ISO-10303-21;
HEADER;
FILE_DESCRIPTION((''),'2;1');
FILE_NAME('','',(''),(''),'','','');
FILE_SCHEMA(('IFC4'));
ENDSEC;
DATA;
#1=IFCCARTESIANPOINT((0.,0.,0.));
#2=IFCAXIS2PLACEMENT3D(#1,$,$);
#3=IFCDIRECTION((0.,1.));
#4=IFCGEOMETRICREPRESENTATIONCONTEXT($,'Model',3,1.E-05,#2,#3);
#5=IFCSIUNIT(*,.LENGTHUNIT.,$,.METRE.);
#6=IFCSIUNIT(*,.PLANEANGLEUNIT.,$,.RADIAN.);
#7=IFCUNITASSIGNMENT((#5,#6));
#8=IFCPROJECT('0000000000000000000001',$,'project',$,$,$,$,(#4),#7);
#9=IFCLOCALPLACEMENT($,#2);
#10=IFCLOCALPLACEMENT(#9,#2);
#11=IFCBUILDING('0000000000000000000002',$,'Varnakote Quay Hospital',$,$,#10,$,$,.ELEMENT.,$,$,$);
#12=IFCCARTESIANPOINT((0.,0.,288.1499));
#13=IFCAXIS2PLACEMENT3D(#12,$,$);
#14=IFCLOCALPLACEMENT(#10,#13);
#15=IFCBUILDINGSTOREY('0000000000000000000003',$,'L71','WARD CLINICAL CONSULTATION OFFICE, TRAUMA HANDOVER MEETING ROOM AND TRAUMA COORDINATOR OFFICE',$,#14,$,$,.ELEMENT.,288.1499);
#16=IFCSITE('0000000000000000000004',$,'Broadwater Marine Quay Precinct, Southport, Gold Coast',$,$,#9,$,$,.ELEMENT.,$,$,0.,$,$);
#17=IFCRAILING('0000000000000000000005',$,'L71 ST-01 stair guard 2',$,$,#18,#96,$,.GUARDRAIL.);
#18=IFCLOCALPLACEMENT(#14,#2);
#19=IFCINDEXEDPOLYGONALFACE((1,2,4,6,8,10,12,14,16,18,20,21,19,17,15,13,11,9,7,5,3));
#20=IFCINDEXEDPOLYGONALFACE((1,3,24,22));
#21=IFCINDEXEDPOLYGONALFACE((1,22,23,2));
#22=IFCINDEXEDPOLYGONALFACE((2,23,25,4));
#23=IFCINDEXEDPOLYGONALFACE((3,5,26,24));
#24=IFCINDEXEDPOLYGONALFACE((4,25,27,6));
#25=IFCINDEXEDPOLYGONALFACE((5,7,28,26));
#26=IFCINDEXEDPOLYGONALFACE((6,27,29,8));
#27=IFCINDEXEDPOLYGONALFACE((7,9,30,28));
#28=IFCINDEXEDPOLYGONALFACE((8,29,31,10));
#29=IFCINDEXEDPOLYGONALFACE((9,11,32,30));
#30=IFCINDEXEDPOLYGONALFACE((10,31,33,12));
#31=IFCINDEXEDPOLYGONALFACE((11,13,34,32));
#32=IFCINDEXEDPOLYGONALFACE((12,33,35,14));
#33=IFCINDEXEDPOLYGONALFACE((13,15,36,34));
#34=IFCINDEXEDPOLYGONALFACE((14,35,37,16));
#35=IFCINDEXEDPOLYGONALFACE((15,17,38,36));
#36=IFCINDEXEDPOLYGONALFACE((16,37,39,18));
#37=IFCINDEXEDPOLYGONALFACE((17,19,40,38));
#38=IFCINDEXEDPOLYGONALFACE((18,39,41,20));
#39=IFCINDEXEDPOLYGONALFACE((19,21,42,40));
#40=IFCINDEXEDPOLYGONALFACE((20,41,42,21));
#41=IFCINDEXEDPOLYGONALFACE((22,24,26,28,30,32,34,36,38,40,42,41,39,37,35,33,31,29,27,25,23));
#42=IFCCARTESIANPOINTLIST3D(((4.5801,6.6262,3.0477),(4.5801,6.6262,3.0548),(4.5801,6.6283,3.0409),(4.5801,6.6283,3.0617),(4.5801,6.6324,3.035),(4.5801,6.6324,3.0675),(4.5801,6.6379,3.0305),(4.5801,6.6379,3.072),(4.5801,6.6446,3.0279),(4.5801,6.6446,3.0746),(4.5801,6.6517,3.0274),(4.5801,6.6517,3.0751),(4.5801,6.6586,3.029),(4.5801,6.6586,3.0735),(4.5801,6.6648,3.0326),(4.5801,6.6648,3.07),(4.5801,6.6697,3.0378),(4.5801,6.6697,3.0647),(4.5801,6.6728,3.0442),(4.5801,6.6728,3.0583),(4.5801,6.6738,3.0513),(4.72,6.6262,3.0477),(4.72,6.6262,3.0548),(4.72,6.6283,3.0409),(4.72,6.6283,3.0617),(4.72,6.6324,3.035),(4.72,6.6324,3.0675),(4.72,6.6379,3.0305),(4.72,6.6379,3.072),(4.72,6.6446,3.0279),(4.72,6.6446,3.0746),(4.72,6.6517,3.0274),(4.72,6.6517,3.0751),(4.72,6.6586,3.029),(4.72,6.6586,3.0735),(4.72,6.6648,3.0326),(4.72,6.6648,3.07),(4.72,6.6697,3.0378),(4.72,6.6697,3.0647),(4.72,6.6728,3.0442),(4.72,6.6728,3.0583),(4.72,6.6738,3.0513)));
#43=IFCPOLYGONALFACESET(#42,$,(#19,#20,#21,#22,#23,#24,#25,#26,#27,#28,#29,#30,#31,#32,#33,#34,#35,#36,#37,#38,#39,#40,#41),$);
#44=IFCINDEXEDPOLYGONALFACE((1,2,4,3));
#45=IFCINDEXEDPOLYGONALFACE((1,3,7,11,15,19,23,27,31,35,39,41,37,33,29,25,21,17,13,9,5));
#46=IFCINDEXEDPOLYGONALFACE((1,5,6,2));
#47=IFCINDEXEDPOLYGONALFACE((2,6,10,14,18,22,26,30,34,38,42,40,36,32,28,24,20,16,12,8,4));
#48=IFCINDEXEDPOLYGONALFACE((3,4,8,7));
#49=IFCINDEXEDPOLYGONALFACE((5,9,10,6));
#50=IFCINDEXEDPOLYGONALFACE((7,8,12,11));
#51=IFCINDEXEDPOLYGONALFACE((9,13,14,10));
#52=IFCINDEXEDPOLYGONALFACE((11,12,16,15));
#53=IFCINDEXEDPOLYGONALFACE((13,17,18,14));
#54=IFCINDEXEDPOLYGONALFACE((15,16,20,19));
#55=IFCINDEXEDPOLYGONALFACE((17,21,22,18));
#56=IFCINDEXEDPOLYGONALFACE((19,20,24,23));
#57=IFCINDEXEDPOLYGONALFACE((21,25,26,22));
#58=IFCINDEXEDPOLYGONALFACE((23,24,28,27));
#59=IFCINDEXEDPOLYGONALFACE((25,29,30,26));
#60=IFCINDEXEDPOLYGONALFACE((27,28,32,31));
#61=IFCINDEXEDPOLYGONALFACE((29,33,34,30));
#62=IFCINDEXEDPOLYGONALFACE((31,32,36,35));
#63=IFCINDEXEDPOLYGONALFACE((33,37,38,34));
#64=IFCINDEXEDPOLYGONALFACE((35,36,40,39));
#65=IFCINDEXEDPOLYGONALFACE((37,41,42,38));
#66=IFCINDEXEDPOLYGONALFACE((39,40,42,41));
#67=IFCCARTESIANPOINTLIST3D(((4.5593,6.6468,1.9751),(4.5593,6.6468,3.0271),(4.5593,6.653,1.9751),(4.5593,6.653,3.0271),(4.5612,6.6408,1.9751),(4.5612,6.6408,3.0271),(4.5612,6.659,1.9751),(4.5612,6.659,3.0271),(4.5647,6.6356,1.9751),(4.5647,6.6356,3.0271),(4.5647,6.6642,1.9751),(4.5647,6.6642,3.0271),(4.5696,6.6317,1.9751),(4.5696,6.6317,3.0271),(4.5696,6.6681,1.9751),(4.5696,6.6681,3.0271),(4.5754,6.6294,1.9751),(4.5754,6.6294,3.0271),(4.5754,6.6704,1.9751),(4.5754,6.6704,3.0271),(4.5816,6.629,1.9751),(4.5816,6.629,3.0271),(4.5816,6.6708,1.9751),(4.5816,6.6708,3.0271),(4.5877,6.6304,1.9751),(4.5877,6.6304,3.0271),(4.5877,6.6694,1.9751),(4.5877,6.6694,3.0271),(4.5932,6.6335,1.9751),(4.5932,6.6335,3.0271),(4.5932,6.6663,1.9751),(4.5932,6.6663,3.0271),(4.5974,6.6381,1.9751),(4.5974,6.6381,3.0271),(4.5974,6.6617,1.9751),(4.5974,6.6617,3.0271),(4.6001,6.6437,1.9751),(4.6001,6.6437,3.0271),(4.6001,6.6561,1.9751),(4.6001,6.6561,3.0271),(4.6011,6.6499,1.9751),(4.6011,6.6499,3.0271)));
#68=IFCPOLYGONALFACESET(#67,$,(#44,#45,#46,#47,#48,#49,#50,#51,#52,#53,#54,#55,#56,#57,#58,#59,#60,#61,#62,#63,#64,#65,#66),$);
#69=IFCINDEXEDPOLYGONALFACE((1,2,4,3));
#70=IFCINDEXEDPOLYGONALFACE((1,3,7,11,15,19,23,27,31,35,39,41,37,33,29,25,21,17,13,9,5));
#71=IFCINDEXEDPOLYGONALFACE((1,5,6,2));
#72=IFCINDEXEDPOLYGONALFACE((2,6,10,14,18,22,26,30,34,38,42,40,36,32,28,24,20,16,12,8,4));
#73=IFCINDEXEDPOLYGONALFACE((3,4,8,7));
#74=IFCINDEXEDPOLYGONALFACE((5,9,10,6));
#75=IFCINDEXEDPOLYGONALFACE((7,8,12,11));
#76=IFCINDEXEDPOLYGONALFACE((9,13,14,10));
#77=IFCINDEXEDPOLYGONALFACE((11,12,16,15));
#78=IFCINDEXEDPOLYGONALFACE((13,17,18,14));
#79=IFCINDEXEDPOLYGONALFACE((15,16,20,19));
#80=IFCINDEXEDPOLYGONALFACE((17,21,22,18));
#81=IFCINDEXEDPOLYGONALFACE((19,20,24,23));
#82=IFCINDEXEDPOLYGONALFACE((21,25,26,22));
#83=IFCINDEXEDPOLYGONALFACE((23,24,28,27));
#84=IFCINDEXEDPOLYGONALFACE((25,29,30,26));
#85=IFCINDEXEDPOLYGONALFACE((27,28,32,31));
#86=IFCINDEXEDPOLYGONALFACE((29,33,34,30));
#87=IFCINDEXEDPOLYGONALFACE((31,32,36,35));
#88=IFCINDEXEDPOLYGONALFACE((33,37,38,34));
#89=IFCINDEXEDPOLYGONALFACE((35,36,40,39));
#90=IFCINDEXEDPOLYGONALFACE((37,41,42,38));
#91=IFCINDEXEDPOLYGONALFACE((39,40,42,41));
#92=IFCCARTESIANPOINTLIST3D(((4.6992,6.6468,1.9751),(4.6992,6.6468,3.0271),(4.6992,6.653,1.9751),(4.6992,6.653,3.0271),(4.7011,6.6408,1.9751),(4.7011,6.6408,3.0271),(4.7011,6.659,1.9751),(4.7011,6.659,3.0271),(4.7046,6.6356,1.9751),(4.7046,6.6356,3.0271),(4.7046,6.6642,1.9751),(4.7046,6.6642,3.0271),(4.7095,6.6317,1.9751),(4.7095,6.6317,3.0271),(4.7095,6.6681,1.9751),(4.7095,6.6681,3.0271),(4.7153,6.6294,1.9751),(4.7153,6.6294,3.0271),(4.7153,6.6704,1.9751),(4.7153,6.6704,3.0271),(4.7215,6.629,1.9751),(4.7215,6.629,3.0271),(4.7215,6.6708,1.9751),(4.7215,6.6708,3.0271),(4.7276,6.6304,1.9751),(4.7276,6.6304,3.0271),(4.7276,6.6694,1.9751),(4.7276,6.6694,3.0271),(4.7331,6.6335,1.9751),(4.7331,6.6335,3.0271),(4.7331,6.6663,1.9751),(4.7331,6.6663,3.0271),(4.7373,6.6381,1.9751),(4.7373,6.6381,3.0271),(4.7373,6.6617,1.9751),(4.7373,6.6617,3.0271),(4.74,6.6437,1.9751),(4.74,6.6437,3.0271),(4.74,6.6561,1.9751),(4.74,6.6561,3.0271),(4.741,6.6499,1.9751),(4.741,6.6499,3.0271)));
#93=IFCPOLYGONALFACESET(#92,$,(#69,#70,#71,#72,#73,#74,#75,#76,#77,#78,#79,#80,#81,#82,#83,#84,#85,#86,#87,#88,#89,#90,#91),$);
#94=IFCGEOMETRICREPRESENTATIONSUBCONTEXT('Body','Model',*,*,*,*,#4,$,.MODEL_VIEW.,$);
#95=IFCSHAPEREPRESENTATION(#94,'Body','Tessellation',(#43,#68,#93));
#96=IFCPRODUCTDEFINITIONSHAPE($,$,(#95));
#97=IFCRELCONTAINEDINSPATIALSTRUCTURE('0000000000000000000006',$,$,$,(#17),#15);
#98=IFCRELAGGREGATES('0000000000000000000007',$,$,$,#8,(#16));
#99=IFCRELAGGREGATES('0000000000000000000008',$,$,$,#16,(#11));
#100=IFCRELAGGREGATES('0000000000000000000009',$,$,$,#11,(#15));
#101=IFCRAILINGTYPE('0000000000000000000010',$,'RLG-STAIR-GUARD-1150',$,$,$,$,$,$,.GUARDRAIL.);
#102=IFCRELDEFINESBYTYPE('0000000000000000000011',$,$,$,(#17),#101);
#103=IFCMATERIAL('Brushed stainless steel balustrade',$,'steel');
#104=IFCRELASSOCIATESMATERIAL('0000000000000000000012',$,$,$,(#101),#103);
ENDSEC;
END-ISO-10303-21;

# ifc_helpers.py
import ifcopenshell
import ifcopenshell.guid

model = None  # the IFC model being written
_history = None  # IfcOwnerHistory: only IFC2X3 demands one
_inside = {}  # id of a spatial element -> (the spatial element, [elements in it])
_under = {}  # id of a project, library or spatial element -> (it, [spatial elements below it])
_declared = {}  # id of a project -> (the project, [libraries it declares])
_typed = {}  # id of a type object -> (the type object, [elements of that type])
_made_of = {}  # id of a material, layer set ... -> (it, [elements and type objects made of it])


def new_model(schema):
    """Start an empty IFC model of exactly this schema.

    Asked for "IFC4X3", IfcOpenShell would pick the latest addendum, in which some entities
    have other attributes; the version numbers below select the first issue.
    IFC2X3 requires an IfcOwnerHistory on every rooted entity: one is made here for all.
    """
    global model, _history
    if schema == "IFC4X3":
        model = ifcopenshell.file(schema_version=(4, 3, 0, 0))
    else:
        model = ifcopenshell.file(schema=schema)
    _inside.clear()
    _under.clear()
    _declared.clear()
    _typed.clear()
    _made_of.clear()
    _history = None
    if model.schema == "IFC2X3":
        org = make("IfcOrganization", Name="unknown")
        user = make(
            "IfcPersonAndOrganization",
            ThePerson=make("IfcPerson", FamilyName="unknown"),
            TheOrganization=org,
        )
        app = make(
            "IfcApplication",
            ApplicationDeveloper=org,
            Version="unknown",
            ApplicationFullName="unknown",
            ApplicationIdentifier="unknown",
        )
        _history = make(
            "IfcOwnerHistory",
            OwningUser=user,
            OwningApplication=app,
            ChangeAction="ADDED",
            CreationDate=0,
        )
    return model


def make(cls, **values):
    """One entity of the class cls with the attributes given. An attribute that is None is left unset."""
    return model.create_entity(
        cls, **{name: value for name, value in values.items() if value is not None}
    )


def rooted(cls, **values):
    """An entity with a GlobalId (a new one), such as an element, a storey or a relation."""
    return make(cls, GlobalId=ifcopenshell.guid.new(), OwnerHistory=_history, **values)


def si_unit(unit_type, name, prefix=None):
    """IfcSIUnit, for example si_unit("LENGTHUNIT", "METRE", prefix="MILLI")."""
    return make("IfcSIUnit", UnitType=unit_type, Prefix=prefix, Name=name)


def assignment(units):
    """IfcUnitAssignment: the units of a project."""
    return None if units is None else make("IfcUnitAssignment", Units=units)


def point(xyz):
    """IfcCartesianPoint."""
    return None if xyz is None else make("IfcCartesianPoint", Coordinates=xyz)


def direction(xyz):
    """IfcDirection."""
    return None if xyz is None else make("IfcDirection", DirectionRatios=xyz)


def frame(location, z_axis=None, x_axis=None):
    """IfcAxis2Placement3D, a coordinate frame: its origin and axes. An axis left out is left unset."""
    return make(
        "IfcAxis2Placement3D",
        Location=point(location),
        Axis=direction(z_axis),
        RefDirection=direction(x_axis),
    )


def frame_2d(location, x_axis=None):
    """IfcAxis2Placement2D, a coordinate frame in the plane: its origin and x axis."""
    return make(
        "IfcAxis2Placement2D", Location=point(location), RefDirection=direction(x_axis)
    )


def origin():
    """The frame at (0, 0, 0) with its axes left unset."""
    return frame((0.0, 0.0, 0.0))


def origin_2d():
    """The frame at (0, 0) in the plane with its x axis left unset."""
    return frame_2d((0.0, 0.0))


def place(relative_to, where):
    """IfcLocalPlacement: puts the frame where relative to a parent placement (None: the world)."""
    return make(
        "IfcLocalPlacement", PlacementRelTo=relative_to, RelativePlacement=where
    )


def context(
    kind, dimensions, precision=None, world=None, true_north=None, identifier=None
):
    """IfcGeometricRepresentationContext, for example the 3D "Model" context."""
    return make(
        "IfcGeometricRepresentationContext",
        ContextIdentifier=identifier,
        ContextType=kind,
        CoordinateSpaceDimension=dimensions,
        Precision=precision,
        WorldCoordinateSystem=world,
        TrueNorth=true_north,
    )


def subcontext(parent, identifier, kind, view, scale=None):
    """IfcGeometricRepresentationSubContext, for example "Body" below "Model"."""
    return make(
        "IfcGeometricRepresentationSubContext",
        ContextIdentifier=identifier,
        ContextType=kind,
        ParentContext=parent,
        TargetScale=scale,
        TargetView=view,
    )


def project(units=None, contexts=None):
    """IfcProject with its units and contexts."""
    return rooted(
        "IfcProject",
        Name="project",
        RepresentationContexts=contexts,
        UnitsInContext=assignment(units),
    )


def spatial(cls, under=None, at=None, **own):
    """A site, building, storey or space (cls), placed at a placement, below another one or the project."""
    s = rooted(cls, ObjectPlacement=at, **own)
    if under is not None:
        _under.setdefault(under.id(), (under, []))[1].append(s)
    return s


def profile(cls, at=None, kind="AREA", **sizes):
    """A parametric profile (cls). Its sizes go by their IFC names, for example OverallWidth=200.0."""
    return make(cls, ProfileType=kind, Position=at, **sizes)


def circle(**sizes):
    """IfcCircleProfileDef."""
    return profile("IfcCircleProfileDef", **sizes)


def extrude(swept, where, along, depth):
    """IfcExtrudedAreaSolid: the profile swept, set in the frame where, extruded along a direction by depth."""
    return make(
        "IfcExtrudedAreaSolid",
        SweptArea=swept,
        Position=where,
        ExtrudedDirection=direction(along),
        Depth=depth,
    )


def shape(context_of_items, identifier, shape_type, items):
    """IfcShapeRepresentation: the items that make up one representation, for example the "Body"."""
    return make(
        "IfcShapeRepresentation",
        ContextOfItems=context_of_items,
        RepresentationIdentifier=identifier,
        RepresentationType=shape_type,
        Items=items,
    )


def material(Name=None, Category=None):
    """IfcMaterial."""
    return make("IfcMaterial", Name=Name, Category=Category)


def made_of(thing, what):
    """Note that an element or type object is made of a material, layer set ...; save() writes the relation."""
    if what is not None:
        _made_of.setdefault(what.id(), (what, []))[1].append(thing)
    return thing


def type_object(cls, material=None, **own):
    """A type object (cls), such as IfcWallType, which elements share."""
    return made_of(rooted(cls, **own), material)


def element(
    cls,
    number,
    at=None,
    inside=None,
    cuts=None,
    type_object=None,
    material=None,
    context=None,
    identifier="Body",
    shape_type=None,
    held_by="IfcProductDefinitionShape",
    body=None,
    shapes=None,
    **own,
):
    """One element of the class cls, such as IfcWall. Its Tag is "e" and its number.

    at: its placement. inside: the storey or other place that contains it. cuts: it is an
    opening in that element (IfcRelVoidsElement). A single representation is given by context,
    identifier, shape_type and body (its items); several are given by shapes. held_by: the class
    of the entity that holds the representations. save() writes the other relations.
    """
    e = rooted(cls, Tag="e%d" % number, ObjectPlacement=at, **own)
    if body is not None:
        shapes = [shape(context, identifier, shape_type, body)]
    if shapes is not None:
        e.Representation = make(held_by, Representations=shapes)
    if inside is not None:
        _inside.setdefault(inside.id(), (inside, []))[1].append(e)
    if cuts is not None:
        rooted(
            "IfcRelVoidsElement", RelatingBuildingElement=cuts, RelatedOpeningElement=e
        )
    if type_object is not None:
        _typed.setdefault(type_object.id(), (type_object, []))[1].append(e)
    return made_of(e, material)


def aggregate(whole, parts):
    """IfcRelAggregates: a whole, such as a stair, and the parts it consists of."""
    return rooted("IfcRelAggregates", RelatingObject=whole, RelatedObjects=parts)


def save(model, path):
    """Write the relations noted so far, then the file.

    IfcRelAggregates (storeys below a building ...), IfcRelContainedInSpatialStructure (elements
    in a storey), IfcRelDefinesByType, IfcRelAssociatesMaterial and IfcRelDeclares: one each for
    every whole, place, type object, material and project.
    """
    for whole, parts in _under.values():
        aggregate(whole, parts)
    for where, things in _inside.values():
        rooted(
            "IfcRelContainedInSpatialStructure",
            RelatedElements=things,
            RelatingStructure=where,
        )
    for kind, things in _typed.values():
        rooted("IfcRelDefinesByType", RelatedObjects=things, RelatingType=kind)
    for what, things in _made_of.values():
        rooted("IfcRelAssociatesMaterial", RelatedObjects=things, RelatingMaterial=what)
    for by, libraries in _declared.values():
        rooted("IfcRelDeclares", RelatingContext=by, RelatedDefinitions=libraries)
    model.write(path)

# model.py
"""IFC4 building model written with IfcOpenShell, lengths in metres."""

from ifc_helpers import new_model, si_unit, direction, frame, origin, origin_2d, place, context, subcontext, project, spatial, circle, extrude, material, type_object, element, save


model = new_model("IFC4")

# Units and contexts
model_context = context("Model", 3, precision=1e-05, world=origin(), true_north=direction((0.0, 1.0)))
body_context = subcontext(model_context, "Body", "Model", "MODEL_VIEW")
ifc_project = project(units=[si_unit("LENGTHUNIT", "METRE"), si_unit("PLANEANGLEUNIT", "RADIAN")], contexts=[model_context])

# Site, building, storey
site_placement = place(None, origin())
site = spatial("IfcSite", under=ifc_project, at=site_placement, Name="Broadwater Marine Quay Precinct, Southport, Gold Coast", CompositionType="ELEMENT", RefElevation=0.0)
building_placement = place(site_placement, origin())
building = spatial("IfcBuilding", under=site, at=building_placement, Name="Varnakote Quay Hospital", CompositionType="ELEMENT")
storey_placement = place(building_placement, frame((0.0, 0.0, 288.1499)))
storey = spatial("IfcBuildingStorey", under=building, at=storey_placement, Name="L71", Description="WARD CLINICAL CONSULTATION OFFICE, TRAUMA HANDOVER MEETING ROOM AND TRAUMA COORDINATOR OFFICE", CompositionType="ELEMENT", Elevation=288.1499)

# Railing
ifc_material_1 = material(Name="Brushed stainless steel balustrade", Category="steel")
railing_type_1 = type_object("IfcRailingType", Name="RLG-STAIR-GUARD-1150", PredefinedType="GUARDRAIL", material=ifc_material_1)
railing_1_placement = place(storey_placement, frame((4.5801, 6.6499, 1.9751)))
element("IfcRailing", 1, at=railing_1_placement, inside=storey, type_object=railing_type_1, Name="L71 ST-01 stair guard 2", PredefinedType="GUARDRAIL", context=body_context, shape_type="SweptSolid", body=[
    extrude(circle(Radius=0.0239, at=origin_2d()), frame((0.0, 0.0, 1.0762), z_axis=(1.0, 0.0, 0.0), x_axis=(0.0, 1.0, 0.0)), (0.0, 0.0, 1.0), 0.1399),
    extrude(circle(Radius=0.021, at=origin_2d()), origin(), (0.0, 0.0, 1.0), 1.052),
    extrude(circle(Radius=0.021, at=origin_2d()), frame((0.1399, 0.0, 0.0)), (0.0, 0.0, 1.0), 1.052),
])

save(model, "model.ifc")
